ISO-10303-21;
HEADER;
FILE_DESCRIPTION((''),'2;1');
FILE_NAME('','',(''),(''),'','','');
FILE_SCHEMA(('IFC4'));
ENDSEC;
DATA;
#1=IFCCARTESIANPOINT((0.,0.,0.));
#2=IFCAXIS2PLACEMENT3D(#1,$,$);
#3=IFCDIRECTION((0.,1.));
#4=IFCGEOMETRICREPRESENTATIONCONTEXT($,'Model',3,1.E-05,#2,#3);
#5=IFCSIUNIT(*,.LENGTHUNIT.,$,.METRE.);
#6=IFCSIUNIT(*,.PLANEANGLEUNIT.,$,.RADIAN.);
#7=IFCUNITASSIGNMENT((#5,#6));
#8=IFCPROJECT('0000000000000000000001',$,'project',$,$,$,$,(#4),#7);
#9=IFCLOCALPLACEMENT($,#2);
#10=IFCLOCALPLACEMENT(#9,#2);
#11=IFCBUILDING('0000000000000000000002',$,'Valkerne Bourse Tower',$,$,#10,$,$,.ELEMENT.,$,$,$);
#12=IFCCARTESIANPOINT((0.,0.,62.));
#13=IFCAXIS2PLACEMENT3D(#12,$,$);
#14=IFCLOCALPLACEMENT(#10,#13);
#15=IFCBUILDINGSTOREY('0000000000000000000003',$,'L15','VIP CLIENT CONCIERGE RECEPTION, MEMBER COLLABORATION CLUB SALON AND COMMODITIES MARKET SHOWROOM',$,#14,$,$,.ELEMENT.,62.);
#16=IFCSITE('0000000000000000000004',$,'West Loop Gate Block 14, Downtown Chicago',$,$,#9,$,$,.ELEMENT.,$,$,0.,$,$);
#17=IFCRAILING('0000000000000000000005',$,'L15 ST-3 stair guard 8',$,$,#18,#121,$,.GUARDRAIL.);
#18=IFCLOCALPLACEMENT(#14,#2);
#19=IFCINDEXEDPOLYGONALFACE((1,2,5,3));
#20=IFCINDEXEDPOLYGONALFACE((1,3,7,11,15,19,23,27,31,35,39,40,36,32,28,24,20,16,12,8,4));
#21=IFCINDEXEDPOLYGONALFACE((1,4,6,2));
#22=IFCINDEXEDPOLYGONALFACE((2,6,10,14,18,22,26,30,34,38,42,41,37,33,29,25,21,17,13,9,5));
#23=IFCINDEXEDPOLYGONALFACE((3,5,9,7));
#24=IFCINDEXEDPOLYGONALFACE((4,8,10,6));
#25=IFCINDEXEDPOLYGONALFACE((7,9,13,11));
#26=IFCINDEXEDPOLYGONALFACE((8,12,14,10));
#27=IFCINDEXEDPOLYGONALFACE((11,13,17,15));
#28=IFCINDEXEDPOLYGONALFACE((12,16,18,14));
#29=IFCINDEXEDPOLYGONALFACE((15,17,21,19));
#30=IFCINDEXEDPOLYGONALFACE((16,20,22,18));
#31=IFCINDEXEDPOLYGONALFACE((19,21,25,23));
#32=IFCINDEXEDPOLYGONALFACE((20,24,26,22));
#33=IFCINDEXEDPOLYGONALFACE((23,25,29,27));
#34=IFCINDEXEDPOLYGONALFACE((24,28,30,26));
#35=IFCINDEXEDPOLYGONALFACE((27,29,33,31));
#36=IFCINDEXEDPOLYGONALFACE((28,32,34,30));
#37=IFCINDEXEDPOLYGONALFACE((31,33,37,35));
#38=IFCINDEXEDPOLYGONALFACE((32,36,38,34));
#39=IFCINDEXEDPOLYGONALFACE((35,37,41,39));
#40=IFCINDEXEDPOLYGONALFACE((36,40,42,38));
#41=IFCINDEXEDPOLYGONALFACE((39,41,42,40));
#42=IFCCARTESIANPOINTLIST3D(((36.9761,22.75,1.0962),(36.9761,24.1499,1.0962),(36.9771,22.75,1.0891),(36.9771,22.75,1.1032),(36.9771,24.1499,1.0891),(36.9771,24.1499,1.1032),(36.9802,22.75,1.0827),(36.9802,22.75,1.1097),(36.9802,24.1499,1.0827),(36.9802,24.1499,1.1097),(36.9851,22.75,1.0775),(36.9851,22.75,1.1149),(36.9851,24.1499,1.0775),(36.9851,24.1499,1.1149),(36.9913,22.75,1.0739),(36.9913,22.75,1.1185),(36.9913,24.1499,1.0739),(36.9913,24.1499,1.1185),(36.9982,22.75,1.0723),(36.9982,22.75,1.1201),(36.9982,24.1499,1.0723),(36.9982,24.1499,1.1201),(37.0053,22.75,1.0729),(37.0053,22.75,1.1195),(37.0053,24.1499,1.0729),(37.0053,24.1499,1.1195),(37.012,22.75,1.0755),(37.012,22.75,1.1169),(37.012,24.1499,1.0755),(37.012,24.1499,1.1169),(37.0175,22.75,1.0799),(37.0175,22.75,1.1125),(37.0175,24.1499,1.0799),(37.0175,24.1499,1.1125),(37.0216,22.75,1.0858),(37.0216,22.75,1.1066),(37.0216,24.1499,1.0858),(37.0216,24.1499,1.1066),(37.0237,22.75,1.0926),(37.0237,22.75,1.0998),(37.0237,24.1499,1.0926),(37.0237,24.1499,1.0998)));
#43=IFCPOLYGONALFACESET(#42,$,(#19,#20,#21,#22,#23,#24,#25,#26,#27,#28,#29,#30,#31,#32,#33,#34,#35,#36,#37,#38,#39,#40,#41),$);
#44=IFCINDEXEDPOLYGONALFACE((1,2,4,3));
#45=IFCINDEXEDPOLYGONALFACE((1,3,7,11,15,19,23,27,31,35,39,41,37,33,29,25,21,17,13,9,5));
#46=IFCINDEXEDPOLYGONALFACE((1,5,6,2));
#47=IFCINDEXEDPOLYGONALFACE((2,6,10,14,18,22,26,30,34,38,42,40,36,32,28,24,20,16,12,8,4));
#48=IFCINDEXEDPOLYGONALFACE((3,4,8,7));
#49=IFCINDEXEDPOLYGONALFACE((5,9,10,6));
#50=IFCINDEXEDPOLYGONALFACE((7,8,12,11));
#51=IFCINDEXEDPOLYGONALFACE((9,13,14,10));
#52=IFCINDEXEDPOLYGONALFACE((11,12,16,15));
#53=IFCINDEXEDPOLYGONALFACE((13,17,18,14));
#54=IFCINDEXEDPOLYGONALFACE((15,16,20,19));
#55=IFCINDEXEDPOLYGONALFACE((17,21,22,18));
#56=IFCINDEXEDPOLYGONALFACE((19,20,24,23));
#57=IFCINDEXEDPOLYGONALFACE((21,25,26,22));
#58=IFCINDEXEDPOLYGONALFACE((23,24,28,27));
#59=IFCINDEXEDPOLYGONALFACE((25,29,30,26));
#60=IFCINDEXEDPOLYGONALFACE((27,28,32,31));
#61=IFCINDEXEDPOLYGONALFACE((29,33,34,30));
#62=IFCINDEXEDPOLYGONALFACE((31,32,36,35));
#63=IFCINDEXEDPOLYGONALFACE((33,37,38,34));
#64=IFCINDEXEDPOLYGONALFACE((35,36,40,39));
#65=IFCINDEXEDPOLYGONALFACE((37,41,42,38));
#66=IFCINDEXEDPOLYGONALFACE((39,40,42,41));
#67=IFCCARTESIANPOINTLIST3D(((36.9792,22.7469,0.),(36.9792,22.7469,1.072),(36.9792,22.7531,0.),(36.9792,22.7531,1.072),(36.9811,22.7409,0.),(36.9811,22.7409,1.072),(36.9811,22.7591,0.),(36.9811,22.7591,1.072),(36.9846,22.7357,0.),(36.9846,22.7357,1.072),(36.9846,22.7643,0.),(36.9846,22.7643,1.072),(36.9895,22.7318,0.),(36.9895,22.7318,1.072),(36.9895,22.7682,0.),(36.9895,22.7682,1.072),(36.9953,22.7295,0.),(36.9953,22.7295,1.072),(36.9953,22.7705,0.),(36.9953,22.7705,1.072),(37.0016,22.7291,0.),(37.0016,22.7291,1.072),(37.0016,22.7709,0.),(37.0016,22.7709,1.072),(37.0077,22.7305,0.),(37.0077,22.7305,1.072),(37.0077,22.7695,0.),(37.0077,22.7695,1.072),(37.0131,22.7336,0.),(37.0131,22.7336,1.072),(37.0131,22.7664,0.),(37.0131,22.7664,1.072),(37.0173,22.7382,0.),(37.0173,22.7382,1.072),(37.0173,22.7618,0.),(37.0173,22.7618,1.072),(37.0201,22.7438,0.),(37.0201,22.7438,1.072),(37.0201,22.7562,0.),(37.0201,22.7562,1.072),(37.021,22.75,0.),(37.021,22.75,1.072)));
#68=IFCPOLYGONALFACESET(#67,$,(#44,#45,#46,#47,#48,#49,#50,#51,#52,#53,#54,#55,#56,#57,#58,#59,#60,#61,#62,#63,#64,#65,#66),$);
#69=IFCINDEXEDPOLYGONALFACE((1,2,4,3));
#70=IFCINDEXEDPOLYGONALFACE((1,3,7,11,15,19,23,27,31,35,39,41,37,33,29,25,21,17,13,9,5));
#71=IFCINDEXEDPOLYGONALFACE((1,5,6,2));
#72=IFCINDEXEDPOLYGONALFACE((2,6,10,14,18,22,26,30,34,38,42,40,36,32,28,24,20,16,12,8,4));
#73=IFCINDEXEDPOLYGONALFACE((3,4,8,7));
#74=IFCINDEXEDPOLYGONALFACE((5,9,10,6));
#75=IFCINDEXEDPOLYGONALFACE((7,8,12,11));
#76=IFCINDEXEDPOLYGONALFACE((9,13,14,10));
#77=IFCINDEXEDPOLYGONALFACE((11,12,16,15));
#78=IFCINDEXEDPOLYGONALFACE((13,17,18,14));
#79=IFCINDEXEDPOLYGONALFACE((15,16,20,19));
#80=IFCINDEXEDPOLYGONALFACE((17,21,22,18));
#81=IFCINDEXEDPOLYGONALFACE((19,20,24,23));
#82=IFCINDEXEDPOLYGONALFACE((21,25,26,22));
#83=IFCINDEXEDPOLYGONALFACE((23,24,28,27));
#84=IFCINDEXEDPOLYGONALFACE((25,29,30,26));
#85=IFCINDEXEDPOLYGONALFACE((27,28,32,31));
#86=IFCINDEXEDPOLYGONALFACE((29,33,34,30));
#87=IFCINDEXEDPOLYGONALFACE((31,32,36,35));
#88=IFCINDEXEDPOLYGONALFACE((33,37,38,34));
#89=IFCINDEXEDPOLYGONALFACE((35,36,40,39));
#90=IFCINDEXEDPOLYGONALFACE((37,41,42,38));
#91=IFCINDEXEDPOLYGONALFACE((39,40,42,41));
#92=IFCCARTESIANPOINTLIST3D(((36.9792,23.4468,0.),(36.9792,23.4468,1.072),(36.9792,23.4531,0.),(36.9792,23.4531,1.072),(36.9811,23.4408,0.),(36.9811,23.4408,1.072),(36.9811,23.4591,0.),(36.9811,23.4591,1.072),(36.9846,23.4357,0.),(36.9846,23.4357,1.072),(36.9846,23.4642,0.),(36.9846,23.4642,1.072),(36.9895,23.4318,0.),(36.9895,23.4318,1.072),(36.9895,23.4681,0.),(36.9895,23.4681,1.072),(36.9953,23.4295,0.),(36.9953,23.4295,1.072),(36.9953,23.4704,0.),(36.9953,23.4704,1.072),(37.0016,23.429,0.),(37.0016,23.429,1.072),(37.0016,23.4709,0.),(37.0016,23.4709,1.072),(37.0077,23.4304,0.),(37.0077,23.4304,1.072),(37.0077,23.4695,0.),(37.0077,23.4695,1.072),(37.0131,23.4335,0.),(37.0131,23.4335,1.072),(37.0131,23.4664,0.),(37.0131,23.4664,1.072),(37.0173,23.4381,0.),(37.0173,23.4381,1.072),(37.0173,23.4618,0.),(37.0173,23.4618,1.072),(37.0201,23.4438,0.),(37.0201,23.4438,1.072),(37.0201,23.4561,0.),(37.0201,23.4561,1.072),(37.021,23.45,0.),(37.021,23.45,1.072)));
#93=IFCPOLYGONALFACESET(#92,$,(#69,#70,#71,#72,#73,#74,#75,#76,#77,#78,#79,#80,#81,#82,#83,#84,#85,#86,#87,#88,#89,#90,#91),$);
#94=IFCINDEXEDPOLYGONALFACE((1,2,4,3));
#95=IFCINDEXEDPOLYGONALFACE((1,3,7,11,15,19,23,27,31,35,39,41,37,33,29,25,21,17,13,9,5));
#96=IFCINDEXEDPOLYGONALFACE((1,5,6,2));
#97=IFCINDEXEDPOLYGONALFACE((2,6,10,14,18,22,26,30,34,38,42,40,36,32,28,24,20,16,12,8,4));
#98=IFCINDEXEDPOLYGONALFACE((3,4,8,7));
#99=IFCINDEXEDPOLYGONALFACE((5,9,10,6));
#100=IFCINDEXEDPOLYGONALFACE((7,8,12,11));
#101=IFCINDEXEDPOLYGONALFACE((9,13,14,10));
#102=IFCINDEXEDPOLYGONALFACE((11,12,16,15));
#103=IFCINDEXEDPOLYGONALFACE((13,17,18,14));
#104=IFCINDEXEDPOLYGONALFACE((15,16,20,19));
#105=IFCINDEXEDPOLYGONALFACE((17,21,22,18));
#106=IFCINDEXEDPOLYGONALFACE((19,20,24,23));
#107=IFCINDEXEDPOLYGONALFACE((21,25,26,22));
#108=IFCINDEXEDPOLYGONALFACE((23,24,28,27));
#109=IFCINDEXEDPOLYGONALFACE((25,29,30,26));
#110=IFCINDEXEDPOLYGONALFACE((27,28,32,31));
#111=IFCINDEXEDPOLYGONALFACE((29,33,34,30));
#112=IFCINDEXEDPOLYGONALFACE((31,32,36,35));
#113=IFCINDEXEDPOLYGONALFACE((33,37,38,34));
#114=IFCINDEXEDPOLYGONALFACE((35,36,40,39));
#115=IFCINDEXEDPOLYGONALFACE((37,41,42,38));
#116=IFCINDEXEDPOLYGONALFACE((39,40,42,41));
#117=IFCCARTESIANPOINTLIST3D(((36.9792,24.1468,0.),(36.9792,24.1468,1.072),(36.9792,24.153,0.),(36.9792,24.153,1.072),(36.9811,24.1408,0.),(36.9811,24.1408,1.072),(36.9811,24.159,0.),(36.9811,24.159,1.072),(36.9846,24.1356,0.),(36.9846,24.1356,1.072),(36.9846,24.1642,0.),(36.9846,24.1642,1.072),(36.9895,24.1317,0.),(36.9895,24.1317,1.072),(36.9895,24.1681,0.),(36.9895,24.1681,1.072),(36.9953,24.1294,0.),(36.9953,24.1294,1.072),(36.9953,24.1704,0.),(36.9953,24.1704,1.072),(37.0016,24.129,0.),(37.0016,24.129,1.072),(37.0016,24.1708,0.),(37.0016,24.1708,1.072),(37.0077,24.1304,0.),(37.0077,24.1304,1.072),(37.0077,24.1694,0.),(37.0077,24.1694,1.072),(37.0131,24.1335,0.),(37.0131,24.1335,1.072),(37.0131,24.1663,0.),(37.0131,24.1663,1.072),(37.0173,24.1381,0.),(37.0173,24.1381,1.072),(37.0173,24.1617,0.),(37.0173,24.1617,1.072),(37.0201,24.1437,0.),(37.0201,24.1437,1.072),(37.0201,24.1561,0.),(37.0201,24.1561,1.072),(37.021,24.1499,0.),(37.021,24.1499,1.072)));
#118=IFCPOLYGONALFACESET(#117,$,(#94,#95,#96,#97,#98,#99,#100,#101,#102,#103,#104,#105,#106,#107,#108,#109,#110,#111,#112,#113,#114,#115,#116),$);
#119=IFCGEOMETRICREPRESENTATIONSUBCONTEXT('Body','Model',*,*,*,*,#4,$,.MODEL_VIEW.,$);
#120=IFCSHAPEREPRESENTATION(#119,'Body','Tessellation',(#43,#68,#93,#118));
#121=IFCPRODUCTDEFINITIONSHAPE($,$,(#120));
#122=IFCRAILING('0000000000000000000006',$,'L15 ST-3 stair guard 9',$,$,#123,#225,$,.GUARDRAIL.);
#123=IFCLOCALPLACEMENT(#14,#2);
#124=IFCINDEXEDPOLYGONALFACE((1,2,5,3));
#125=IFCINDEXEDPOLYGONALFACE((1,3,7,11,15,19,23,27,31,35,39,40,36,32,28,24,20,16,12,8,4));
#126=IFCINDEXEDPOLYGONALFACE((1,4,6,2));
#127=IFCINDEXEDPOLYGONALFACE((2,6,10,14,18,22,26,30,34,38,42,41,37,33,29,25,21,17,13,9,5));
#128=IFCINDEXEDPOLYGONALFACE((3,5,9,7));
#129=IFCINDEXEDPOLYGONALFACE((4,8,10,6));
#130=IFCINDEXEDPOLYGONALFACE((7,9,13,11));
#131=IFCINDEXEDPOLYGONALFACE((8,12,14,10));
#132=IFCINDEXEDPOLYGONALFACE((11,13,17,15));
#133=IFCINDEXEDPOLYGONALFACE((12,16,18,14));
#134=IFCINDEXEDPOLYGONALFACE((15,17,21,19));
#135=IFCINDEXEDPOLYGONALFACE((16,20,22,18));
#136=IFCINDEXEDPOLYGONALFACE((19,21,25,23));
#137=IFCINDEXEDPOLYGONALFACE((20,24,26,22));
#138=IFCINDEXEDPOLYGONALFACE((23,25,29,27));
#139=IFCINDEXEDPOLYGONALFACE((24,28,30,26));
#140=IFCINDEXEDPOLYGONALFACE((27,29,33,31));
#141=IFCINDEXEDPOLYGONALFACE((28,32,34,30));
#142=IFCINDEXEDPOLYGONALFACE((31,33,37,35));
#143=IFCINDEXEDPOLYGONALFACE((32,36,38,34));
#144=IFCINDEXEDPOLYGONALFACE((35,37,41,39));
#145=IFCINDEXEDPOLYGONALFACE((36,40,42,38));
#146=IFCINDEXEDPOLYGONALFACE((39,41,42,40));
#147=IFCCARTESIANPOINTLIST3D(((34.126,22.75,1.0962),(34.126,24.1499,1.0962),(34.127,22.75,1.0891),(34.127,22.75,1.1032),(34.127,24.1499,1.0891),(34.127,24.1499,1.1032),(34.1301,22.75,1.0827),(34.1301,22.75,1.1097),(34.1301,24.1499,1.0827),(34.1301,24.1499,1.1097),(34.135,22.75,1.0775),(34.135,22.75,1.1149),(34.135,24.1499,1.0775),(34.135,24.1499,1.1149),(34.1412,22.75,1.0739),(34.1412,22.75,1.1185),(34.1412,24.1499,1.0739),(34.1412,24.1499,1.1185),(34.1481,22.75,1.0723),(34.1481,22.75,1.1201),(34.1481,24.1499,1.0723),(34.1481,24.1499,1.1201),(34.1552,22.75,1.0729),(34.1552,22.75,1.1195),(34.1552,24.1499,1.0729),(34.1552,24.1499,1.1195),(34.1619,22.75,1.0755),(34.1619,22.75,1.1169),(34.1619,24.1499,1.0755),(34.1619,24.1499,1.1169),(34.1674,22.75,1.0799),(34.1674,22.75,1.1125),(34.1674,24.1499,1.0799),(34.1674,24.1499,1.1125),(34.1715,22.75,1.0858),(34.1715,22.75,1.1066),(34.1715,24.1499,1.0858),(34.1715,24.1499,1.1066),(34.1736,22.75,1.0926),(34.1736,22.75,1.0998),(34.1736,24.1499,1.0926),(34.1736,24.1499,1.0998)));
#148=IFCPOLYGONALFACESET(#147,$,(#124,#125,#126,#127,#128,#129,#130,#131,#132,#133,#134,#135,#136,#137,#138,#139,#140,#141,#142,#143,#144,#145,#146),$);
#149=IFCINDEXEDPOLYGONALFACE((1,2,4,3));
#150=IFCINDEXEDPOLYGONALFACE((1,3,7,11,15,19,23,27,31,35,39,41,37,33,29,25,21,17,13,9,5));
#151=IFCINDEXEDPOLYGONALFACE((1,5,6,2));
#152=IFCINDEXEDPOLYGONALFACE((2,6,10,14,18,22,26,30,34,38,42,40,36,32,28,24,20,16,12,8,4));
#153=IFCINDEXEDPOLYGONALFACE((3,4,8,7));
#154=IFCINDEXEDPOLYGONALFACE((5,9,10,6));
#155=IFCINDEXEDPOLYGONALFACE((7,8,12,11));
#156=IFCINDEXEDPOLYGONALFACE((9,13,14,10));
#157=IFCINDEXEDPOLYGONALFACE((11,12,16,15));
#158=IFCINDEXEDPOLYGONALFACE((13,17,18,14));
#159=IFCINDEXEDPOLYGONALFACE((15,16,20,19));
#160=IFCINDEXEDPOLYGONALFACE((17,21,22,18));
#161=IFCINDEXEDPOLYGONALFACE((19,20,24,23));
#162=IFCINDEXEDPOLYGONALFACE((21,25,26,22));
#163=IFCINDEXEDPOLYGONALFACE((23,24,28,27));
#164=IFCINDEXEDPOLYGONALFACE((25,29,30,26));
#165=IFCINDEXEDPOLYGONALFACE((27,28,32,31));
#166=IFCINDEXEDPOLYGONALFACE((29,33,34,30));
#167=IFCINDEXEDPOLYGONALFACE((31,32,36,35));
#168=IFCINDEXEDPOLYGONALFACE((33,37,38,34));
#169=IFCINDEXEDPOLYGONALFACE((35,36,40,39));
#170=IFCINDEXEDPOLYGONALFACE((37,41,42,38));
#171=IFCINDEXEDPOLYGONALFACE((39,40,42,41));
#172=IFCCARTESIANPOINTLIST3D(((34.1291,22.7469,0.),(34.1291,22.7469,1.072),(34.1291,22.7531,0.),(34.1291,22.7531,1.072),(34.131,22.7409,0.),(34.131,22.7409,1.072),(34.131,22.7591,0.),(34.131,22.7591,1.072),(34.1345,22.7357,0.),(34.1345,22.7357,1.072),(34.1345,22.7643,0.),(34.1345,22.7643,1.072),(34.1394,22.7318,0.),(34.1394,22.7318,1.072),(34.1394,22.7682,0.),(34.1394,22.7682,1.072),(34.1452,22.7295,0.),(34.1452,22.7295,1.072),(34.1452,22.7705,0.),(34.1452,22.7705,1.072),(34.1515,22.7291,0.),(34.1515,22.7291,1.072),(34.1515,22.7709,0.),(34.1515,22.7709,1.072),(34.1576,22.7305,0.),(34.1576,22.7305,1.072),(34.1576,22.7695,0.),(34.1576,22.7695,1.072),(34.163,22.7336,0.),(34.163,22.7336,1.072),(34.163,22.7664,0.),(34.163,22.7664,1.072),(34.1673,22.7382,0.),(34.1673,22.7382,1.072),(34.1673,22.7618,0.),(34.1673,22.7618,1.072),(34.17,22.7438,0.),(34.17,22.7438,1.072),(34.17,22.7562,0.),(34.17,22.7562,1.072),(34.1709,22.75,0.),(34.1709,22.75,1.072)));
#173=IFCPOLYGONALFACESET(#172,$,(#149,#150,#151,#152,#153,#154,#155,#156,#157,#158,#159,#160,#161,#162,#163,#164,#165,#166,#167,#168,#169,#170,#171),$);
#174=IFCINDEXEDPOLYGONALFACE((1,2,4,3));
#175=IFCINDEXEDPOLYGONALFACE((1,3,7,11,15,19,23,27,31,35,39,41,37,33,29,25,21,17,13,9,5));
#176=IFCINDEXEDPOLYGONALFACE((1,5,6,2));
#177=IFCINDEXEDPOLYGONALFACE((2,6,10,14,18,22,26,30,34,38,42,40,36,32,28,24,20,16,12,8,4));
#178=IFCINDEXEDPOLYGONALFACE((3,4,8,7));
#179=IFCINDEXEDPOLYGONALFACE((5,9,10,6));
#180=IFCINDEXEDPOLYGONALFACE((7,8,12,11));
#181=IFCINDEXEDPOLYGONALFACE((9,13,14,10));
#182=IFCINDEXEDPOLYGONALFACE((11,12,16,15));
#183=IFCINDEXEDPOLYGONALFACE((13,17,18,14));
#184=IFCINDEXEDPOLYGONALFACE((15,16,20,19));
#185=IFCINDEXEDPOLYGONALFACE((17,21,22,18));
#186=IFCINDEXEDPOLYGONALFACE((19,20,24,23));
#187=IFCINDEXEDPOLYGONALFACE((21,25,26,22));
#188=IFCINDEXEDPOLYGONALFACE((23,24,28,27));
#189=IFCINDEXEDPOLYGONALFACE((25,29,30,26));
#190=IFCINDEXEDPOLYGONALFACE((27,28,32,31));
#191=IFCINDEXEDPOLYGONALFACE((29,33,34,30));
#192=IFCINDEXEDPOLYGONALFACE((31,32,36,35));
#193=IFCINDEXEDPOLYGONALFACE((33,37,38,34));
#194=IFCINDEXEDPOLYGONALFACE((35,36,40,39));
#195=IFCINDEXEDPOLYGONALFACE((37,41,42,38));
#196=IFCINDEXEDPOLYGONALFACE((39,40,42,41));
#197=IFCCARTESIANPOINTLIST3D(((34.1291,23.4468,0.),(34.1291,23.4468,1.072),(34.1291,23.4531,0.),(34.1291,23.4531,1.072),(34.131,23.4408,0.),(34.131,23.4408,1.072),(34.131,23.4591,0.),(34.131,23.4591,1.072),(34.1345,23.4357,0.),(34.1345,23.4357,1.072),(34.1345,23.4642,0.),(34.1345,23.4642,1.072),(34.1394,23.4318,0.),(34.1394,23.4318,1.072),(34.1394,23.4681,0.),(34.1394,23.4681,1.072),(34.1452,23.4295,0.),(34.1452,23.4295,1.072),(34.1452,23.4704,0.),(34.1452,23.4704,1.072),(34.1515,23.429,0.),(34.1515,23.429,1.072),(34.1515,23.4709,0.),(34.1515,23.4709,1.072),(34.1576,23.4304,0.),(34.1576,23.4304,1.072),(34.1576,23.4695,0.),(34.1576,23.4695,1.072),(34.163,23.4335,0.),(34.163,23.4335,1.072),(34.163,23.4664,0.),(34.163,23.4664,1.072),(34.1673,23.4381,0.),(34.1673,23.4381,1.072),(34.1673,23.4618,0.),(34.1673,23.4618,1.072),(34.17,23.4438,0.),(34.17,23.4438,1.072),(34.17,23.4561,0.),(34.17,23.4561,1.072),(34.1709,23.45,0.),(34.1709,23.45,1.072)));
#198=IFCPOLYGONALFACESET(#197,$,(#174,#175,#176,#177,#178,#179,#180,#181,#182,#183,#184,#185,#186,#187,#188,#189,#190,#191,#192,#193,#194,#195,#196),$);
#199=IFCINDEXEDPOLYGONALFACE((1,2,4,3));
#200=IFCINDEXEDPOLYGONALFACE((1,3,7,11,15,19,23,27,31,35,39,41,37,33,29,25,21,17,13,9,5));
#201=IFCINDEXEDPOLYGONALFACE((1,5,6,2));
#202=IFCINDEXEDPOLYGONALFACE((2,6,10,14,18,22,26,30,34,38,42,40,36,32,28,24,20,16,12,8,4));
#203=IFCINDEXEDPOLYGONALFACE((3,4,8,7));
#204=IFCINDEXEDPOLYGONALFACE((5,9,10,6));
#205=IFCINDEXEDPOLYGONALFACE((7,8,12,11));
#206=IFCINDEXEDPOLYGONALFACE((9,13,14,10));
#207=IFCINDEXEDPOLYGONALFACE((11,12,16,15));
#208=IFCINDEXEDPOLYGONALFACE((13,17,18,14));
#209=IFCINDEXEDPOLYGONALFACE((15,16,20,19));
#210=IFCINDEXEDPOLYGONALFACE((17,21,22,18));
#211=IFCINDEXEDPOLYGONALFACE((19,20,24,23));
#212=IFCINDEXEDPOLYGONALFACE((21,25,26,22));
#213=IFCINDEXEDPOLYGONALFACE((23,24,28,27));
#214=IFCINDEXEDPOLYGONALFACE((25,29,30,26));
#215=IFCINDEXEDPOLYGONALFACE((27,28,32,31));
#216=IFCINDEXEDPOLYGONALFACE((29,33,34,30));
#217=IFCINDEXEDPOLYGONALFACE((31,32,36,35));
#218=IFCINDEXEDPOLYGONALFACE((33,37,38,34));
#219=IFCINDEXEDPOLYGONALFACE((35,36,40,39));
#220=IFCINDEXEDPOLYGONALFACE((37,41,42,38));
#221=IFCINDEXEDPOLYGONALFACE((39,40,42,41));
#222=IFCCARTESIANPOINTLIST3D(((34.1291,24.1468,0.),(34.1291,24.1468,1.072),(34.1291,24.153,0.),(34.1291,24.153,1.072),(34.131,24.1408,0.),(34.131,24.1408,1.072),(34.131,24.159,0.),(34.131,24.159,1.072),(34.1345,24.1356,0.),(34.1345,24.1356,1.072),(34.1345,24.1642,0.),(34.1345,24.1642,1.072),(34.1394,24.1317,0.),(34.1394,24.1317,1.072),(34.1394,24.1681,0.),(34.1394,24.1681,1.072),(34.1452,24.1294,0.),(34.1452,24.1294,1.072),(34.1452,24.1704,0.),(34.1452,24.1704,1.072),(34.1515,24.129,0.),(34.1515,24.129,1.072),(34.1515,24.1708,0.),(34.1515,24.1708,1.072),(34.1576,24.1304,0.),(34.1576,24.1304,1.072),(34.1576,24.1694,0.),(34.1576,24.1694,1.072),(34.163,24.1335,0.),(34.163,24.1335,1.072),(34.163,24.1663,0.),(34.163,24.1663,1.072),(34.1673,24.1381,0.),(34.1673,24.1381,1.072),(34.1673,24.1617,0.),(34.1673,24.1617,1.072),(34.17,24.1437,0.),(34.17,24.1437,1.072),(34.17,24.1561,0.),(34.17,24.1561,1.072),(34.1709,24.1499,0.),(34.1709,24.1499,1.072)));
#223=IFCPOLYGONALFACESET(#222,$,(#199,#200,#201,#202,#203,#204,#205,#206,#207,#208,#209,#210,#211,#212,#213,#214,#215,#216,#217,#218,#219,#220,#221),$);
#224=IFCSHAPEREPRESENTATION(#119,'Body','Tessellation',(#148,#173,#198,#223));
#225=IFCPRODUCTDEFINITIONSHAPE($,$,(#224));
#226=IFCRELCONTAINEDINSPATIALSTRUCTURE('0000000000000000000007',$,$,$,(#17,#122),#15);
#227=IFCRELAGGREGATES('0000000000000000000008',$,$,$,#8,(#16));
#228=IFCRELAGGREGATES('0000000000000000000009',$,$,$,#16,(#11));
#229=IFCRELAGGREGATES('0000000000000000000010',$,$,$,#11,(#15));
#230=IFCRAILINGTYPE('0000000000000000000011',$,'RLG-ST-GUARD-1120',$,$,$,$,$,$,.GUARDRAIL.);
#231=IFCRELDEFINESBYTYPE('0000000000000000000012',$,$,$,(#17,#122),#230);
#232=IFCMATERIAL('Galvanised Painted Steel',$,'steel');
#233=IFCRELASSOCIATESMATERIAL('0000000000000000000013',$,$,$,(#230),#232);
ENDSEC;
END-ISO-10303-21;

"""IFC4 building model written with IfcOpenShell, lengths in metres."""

from ifc_helpers import new_model, si_unit, direction, frame, origin, origin_2d, place, context, subcontext, project, spatial, circle, extrude, material, type_object, element, save


model = new_model("IFC4")

# Units and contexts
model_context = context("Model", 3, precision=1e-05, world=origin(), true_north=direction((0.0, 1.0)))
body_context = subcontext(model_context, "Body", "Model", "MODEL_VIEW")
ifc_project = project(units=[si_unit("LENGTHUNIT", "METRE"), si_unit("PLANEANGLEUNIT", "RADIAN")], contexts=[model_context])

# Site, building, storey
site_placement = place(None, origin())
site = spatial("IfcSite", under=ifc_project, at=site_placement, Name="West Loop Gate Block 14, Downtown Chicago", CompositionType="ELEMENT", RefElevation=0.0)
building_placement = place(site_placement, origin())
building = spatial("IfcBuilding", under=site, at=building_placement, Name="Valkerne Bourse Tower", CompositionType="ELEMENT")
storey_placement = place(building_placement, frame((0.0, 0.0, 62.0)))
storey = spatial("IfcBuildingStorey", under=building, at=storey_placement, Name="L15", Description="VIP CLIENT CONCIERGE RECEPTION, MEMBER COLLABORATION CLUB SALON AND COMMODITIES MARKET SHOWROOM", CompositionType="ELEMENT", Elevation=62.0)

# Shared definitions
ifc_material_1 = material(Name="Galvanised Painted Steel", Category="steel")

# Railings
railing_type = type_object("IfcRailingType", Name="RLG-ST-GUARD-1120", PredefinedType="GUARDRAIL", material=ifc_material_1)
for number, where, name in (
    (1, (37.0, 22.75, 0.0), "L15 ST-3 stair guard 8"),
    (2, (34.1499, 22.75, 0.0), "L15 ST-3 stair guard 9"),
):
    element("IfcRailing", number, at=place(storey_placement, frame(where)), inside=storey, type_object=railing_type, Name=name, PredefinedType="GUARDRAIL", context=body_context, shape_type="SweptSolid", body=[
        extrude(circle(Radius=0.0239, at=origin_2d()), frame((0.0, 0.0, 1.0962), z_axis=(0.0, 1.0, 0.0), x_axis=(-1.0, 0.0, 0.0)), (0.0, 0.0, 1.0), 1.3999),
        extrude(circle(Radius=0.021, at=origin_2d()), origin(), (0.0, 0.0, 1.0), 1.072),
        extrude(circle(Radius=0.021, at=origin_2d()), frame((0.0, 0.7, 0.0)), (0.0, 0.0, 1.0), 1.072),
        extrude(circle(Radius=0.021, at=origin_2d()), frame((0.0, 1.3999, 0.0)), (0.0, 0.0, 1.0), 1.072),
    ])

save(model, "model.ifc")
